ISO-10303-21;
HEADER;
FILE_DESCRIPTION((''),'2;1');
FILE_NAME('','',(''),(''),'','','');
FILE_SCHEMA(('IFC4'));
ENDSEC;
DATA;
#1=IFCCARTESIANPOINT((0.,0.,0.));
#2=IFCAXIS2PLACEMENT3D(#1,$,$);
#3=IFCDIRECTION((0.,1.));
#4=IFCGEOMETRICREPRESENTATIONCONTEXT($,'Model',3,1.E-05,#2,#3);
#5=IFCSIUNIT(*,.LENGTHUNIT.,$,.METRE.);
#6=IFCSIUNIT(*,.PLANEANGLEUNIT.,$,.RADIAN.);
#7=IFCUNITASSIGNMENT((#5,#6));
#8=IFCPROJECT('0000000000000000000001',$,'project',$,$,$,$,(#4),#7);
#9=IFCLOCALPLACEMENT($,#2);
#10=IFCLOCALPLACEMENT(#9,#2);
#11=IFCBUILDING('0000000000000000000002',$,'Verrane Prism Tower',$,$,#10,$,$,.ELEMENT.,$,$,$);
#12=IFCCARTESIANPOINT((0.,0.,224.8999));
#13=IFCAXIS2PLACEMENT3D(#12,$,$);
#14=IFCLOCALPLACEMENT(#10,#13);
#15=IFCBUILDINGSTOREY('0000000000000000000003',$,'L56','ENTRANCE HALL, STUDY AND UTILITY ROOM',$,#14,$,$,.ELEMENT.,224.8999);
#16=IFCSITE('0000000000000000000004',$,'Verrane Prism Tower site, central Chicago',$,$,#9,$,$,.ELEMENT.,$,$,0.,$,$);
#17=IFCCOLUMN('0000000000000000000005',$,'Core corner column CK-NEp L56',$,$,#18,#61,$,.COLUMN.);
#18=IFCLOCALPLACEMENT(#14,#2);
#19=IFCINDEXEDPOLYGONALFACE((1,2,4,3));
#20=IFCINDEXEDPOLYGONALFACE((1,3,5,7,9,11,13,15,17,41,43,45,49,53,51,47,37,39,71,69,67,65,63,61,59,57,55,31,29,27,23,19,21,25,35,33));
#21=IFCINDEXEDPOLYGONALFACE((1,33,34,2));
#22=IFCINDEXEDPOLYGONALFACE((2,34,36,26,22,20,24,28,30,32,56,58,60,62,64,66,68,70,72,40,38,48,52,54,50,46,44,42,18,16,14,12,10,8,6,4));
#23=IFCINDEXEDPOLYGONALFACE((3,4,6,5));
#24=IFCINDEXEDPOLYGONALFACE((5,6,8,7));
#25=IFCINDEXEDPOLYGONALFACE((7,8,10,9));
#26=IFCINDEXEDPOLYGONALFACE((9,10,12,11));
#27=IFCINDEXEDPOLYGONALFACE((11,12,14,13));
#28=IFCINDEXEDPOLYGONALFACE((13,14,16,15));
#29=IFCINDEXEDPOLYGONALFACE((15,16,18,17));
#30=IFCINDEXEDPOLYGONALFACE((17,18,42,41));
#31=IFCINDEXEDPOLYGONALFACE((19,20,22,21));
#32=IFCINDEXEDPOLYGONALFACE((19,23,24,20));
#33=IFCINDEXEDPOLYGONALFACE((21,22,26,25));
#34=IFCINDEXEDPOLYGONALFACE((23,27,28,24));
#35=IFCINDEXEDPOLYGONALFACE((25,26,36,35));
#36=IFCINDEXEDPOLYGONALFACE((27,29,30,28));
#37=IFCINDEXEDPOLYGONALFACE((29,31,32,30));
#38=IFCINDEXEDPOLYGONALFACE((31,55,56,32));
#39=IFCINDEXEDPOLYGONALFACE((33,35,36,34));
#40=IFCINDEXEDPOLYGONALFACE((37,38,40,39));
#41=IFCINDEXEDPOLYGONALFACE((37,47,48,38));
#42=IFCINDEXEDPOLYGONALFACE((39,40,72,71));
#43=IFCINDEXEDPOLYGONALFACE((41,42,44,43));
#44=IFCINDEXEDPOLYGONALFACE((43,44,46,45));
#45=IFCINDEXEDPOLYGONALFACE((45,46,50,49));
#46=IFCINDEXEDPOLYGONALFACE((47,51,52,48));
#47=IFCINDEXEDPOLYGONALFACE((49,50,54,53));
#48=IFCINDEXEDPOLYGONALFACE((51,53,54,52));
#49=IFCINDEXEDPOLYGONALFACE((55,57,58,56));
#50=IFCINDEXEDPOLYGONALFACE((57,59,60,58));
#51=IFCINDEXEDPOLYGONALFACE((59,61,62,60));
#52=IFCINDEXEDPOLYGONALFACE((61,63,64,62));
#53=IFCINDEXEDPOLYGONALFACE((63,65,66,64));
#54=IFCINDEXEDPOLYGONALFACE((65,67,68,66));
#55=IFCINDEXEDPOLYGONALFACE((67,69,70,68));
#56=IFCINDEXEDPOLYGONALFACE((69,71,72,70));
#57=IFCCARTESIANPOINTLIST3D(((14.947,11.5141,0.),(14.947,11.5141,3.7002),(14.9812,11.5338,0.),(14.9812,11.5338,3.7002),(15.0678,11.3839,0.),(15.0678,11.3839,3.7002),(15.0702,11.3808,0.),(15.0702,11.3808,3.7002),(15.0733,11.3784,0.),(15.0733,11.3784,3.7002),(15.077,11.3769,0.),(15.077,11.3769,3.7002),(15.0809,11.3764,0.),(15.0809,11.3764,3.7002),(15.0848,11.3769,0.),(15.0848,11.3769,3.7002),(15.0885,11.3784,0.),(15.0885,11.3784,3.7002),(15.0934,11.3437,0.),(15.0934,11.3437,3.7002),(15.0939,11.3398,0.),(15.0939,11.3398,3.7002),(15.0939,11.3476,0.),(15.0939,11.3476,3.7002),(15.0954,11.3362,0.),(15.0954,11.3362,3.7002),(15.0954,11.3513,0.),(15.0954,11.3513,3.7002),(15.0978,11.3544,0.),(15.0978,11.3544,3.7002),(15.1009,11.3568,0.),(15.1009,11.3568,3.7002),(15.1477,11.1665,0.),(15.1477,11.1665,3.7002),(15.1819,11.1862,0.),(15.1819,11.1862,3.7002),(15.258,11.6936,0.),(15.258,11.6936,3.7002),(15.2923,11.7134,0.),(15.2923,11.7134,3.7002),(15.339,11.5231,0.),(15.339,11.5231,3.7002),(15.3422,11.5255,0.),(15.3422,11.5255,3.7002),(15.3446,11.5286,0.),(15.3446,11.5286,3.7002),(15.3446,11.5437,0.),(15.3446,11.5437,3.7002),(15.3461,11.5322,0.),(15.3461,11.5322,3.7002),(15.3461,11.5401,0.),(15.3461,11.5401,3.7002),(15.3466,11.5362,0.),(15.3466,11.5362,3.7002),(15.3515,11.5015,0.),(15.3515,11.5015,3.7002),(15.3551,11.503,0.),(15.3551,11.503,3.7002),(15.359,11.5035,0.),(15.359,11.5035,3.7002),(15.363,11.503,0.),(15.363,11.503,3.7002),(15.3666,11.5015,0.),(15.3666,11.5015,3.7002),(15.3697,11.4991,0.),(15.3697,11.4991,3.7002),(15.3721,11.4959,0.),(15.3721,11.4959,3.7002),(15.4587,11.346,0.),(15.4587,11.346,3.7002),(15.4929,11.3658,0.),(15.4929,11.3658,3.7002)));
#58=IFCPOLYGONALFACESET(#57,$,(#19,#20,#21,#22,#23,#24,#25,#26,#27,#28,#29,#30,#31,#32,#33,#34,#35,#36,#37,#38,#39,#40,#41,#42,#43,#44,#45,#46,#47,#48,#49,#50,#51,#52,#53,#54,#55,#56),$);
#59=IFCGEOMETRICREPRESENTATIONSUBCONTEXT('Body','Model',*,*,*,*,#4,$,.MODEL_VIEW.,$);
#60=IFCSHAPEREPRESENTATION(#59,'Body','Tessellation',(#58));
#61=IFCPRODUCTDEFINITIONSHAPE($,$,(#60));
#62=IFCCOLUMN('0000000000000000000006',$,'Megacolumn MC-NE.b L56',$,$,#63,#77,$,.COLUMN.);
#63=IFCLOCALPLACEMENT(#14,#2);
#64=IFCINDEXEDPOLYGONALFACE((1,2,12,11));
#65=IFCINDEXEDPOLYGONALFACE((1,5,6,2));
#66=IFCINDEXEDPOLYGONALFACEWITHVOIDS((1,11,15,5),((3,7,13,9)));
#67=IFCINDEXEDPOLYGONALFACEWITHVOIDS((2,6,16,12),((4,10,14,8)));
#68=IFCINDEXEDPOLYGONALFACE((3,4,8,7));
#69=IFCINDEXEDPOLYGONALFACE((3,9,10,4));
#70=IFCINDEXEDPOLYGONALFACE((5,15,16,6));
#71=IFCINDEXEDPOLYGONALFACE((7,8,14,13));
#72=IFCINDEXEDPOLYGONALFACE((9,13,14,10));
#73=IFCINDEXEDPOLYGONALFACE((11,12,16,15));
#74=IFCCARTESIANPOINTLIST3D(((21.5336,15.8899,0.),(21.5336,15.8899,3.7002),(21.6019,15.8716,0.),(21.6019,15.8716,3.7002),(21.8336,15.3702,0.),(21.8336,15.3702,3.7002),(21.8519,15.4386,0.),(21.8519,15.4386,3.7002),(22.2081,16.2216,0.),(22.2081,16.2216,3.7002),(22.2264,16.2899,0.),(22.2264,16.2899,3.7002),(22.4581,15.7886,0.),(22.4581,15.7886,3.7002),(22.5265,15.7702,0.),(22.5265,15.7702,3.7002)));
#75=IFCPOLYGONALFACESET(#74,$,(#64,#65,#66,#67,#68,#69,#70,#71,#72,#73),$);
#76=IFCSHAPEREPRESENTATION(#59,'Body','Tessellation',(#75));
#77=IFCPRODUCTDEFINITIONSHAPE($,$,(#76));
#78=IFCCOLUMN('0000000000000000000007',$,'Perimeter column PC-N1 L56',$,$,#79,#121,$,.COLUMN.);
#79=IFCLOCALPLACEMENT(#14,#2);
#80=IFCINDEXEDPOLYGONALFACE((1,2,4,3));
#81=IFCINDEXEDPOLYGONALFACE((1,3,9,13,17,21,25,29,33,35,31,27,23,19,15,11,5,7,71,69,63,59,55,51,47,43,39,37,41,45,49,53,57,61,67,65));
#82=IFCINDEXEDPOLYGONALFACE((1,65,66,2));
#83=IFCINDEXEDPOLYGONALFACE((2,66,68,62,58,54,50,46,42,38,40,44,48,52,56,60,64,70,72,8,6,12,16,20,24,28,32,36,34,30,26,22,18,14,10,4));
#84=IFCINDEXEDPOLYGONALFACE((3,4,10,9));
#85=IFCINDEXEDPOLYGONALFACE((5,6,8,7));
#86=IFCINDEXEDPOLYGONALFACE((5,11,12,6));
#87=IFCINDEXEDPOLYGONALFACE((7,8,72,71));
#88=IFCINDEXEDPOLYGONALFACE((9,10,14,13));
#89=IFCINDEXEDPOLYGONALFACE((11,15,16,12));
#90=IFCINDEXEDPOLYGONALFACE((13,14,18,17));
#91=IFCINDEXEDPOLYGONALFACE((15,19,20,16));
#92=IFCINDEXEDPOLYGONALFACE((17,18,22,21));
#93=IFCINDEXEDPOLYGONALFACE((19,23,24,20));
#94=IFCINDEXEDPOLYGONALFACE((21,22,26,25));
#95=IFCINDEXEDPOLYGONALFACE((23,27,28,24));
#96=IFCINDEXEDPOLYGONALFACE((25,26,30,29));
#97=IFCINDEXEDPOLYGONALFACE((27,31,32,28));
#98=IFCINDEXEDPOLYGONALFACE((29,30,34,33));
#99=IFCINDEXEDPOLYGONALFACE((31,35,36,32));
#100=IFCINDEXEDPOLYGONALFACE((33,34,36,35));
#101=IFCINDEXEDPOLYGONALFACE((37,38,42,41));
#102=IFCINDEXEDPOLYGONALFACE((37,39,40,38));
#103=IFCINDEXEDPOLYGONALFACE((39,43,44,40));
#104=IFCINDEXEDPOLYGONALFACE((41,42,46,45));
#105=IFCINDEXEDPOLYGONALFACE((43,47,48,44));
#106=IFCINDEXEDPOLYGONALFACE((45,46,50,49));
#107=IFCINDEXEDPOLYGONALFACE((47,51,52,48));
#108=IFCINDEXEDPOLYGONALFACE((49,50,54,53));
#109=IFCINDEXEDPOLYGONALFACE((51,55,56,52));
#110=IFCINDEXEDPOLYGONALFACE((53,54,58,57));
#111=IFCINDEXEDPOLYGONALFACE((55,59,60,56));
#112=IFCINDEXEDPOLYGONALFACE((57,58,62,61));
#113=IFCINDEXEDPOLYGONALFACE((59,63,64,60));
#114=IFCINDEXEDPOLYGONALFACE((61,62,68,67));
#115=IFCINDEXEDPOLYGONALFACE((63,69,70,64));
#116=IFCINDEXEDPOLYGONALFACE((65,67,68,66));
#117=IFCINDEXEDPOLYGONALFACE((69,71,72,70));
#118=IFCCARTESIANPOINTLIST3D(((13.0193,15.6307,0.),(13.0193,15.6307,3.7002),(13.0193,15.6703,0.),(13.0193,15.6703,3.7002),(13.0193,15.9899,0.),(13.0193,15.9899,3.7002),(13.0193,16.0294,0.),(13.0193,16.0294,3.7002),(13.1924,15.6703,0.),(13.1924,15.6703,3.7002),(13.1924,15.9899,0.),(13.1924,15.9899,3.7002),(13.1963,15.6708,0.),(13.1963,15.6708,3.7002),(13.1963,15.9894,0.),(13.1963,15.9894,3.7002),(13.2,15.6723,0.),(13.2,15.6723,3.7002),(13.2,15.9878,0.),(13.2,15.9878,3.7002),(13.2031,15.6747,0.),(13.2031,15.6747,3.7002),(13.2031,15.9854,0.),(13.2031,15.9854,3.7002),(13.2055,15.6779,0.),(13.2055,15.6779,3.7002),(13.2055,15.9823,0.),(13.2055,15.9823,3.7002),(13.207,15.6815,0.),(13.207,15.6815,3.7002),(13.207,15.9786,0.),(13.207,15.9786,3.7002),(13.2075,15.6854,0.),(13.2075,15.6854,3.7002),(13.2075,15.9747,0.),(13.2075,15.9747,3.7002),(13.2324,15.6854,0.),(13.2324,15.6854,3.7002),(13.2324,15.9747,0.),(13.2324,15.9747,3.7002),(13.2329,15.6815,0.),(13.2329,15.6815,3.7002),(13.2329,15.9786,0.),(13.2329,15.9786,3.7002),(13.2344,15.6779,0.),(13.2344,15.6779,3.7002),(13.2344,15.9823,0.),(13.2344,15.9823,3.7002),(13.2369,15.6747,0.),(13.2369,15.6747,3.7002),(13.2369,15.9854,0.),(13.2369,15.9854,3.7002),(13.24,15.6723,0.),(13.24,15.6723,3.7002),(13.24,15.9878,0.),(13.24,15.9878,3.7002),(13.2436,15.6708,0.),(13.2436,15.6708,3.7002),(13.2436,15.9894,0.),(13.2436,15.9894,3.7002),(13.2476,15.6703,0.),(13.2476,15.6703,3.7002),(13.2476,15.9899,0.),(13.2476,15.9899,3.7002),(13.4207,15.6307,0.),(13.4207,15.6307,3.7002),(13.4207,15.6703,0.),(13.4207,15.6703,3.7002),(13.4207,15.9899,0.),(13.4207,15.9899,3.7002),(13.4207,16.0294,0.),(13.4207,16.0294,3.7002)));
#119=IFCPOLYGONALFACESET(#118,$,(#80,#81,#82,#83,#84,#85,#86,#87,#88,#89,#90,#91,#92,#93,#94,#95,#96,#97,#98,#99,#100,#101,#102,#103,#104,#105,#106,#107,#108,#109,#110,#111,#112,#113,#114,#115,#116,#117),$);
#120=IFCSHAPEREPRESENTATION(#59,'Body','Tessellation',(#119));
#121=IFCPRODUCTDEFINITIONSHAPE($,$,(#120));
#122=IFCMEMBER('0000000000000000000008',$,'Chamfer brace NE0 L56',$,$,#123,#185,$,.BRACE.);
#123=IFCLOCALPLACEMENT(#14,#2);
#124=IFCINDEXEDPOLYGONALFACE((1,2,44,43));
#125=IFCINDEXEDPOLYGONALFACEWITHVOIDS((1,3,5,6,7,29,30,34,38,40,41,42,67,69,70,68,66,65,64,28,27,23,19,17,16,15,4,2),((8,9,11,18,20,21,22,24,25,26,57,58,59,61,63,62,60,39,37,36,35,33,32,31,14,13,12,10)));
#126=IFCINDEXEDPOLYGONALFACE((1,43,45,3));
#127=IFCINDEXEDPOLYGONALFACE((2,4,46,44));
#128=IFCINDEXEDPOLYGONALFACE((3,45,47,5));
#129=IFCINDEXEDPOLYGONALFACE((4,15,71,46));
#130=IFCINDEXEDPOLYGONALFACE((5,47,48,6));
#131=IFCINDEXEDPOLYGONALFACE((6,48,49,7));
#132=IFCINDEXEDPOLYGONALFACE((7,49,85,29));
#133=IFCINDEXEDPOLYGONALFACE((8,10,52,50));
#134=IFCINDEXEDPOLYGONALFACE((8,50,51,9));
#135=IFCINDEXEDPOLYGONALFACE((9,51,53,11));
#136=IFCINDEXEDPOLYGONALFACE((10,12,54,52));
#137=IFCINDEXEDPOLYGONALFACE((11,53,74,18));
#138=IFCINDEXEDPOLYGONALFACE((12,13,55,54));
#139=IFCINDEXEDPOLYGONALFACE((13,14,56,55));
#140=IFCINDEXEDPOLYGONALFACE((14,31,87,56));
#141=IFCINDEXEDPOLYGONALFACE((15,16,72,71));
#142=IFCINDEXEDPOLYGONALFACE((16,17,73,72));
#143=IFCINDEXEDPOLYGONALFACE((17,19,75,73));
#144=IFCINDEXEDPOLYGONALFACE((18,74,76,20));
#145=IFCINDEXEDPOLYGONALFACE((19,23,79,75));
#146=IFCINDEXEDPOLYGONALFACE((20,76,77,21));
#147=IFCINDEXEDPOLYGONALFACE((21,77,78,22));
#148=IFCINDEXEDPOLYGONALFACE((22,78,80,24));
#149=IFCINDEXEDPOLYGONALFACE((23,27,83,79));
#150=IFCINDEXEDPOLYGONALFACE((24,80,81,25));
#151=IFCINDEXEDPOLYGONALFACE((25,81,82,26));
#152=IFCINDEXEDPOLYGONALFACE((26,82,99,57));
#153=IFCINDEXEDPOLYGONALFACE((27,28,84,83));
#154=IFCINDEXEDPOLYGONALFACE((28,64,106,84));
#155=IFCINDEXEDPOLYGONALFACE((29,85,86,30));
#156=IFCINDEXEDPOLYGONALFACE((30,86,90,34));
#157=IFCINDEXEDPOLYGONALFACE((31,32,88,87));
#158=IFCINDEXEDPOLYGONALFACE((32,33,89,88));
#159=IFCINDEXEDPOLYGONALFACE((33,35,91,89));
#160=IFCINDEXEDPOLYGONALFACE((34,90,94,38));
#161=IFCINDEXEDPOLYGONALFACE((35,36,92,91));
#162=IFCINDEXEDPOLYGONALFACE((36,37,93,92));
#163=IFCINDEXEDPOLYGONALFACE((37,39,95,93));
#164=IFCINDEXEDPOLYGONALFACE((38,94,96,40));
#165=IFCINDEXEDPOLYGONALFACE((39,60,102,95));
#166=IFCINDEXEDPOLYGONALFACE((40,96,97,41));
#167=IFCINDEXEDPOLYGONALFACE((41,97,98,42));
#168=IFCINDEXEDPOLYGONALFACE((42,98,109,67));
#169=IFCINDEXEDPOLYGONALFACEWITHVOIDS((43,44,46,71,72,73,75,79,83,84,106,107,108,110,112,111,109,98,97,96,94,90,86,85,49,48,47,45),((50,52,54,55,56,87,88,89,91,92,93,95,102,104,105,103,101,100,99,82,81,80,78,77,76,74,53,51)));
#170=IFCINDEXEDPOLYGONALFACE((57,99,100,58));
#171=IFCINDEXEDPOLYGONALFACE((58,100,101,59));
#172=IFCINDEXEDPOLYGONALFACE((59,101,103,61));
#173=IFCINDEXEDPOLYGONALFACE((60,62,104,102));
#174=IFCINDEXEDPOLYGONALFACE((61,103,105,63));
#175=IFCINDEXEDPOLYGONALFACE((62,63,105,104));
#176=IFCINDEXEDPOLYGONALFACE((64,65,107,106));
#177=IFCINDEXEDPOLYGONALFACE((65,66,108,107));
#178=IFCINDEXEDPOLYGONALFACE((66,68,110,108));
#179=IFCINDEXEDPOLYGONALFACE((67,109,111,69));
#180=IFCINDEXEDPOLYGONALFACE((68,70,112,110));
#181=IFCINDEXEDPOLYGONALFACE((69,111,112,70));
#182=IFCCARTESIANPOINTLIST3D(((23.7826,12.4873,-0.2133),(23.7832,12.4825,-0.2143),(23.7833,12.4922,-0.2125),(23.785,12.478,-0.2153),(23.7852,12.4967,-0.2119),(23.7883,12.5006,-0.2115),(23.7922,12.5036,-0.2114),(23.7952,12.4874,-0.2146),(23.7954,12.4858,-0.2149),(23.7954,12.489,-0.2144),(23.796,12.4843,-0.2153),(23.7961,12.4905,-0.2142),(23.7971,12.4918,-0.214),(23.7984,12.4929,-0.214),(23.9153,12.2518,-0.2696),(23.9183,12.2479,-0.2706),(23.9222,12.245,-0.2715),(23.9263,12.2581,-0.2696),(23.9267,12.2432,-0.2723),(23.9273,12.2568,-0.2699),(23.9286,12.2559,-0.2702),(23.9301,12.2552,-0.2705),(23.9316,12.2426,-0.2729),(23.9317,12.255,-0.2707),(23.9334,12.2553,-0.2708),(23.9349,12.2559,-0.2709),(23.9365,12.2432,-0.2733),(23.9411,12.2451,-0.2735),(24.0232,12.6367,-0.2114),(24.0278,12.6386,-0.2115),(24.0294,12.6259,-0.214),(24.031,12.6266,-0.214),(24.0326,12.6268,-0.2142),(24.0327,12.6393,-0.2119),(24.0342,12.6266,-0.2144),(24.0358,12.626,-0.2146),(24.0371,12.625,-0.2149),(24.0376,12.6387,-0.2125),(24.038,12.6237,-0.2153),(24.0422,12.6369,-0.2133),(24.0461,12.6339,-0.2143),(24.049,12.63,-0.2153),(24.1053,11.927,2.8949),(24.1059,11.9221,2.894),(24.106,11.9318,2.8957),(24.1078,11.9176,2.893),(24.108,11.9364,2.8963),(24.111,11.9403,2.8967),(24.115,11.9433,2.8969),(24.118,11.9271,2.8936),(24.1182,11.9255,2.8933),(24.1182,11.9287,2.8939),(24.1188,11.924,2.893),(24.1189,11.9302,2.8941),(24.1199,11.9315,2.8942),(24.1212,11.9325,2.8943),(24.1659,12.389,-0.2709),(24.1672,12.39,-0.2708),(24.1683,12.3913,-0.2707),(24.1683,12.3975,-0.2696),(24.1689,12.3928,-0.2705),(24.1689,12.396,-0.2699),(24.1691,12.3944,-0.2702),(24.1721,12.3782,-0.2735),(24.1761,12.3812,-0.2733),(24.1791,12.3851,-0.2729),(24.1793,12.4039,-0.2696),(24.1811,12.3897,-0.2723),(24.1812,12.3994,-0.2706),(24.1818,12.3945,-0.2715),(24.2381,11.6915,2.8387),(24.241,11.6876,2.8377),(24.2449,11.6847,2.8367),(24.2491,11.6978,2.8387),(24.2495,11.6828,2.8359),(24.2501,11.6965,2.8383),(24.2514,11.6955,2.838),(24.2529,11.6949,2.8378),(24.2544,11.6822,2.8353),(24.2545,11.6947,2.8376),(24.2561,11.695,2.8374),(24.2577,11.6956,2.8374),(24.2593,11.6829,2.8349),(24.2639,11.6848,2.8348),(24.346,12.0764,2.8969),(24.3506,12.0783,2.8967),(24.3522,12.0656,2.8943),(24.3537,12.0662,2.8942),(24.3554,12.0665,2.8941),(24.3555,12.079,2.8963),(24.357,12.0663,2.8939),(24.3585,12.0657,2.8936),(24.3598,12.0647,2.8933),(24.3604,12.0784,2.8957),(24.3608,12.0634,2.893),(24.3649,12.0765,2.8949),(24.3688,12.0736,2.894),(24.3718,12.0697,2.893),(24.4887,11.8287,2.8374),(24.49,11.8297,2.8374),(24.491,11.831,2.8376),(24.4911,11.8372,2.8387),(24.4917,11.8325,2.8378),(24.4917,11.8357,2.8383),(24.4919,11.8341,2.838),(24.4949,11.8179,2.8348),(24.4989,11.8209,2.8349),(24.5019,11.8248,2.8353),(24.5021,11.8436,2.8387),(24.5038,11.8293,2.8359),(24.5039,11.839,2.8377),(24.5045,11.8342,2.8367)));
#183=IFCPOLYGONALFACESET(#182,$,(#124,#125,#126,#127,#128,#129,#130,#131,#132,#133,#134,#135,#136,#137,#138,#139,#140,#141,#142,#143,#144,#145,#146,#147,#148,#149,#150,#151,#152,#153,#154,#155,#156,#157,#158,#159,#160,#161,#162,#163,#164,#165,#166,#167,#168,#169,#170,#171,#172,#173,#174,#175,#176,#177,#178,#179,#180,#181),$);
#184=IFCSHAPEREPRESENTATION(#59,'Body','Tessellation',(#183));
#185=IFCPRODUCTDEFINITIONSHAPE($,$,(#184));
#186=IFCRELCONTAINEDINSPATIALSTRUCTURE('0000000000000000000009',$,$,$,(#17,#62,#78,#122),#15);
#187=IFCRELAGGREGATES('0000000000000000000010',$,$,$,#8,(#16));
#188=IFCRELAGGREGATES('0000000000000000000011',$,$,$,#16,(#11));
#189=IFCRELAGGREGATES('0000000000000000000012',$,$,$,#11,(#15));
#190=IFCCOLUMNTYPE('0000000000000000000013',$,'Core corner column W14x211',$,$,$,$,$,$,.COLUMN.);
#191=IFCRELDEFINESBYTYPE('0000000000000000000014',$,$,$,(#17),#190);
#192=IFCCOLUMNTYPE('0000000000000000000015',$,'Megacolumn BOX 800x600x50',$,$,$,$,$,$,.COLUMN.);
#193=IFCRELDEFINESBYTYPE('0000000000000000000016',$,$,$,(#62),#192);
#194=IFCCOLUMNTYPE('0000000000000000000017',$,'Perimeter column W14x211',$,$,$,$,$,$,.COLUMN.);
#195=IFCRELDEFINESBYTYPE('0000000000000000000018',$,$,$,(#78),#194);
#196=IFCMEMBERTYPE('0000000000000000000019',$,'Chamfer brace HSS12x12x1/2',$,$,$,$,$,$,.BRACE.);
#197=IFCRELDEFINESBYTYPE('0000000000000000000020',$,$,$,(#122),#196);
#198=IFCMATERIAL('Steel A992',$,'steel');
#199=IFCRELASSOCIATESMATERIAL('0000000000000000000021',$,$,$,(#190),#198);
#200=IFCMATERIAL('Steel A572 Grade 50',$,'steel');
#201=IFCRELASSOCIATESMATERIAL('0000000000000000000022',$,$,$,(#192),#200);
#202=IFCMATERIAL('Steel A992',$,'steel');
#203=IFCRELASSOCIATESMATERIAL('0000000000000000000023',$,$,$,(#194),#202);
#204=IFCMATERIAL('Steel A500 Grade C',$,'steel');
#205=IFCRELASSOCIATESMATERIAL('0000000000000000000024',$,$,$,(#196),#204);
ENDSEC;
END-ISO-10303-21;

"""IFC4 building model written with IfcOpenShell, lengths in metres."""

from ifc_helpers import new_model, si_unit, direction, frame, origin, origin_2d, place, context, subcontext, project, spatial, hollow_rectangle, i_section, extrude, material, material_profile, profile_set, type_object, element, save


model = new_model("IFC4")

# Units and contexts
model_context = context("Model", 3, precision=1e-05, world=origin(), true_north=direction((0.0, 1.0)))
body_context = subcontext(model_context, "Body", "Model", "MODEL_VIEW")
ifc_project = project(units=[si_unit("LENGTHUNIT", "METRE"), si_unit("PLANEANGLEUNIT", "RADIAN")], contexts=[model_context])

# Site, building, storey
site_placement = place(None, origin())
site = spatial("IfcSite", under=ifc_project, at=site_placement, Name="Verrane Prism Tower site, central Chicago", CompositionType="ELEMENT", RefElevation=0.0)
building_placement = place(site_placement, origin())
building = spatial("IfcBuilding", under=site, at=building_placement, Name="Verrane Prism Tower", CompositionType="ELEMENT")
storey_placement = place(building_placement, frame((0.0, 0.0, 224.8999)))
storey = spatial("IfcBuildingStorey", under=building, at=storey_placement, Name="L56", Description="ENTRANCE HALL, STUDY AND UTILITY ROOM", CompositionType="ELEMENT", Elevation=224.8999)

# Columns
ifc_material_1 = material(Name="Steel A992", Category="steel")
ifc_material_profile_1 = material_profile(ifc_material_1, i_section(OverallWidth=0.4014, OverallDepth=0.3987, WebThickness=0.0249, FlangeThickness=0.0396, FilletRadius=0.0151, at=origin_2d()), Name="W14x211")
ifc_profile_set_1 = profile_set([ifc_material_profile_1], Name="Steel A992")
column_type_1 = type_object("IfcColumnType", Name="Core corner column W14x211", PredefinedType="COLUMN", material=ifc_profile_set_1)
column_1_placement = place(storey_placement, frame((15.22, 11.4399, 0.0), z_axis=(0.0, 0.0, 1.0), x_axis=(0.5, -0.866025, 0.0)))
element("IfcColumn", 1, at=column_1_placement, inside=storey, type_object=column_type_1, Name="Core corner column CK-NEp L56", PredefinedType="COLUMN", context=body_context, shape_type="SweptSolid", body=[
    extrude(i_section(OverallWidth=0.4014, OverallDepth=0.3987, WebThickness=0.0249, FlangeThickness=0.0396, FilletRadius=0.0151, at=origin_2d()), origin(), (0.0, 0.0, 1.0), 3.7002),
])
ifc_material_2 = material(Name="Steel A572 Grade 50", Category="steel")
ifc_material_profile_2 = material_profile(ifc_material_2, hollow_rectangle(XDim=0.6001, YDim=0.8, WallThickness=0.05, at=origin_2d()), Name="BOX 800x600x50")
ifc_profile_set_2 = profile_set([ifc_material_profile_2], Name="Steel A572 Grade 50")
column_type_2 = type_object("IfcColumnType", Name="Megacolumn BOX 800x600x50", PredefinedType="COLUMN", material=ifc_profile_set_2)
column_2_placement = place(storey_placement, frame((22.03, 15.8301, 0.0), z_axis=(0.0, 0.0, 1.0), x_axis=(0.5, -0.866025, 0.0)))
element("IfcColumn", 2, at=column_2_placement, inside=storey, type_object=column_type_2, Name="Megacolumn MC-NE.b L56", PredefinedType="COLUMN", context=body_context, shape_type="SweptSolid", body=[
    extrude(hollow_rectangle(XDim=0.6001, YDim=0.8, WallThickness=0.05, at=origin_2d()), origin(), (0.0, 0.0, 1.0), 3.7002),
])
ifc_material_3 = material(Name="Steel A992", Category="steel")
ifc_material_profile_3 = material_profile(ifc_material_3, i_section(OverallWidth=0.4014, OverallDepth=0.3987, WebThickness=0.0249, FlangeThickness=0.0396, FilletRadius=0.0151, at=origin_2d()), Name="W14x211")
ifc_profile_set_3 = profile_set([ifc_material_profile_3], Name="Steel A992")
column_type_3 = type_object("IfcColumnType", Name="Perimeter column W14x211", PredefinedType="COLUMN", material=ifc_profile_set_3)
column_3_placement = place(storey_placement, frame((13.22, 15.8301, 0.0), z_axis=(0.0, 0.0, 1.0), x_axis=(1.0, 0.0, 0.0)))
element("IfcColumn", 3, at=column_3_placement, inside=storey, type_object=column_type_3, Name="Perimeter column PC-N1 L56", PredefinedType="COLUMN", context=body_context, shape_type="SweptSolid", body=[
    extrude(i_section(OverallWidth=0.4014, OverallDepth=0.3987, WebThickness=0.0249, FlangeThickness=0.0396, FilletRadius=0.0151, at=origin_2d()), origin(), (0.0, 0.0, 1.0), 3.7002),
])

# Member
ifc_material_4 = material(Name="Steel A500 Grade C", Category="steel")
ifc_material_profile_4 = material_profile(ifc_material_4, hollow_rectangle(XDim=0.3047, YDim=0.3047, WallThickness=0.0127, InnerFilletRadius=0.0063, OuterFilletRadius=0.019, at=origin_2d()), Name="HSS12x12x1/2")
ifc_profile_set_4 = profile_set([ifc_material_profile_4], Name="Steel A500 Grade C")
member_type_1 = type_object("IfcMemberType", Name="Chamfer brace HSS12x12x1/2", PredefinedType="BRACE", material=ifc_profile_set_4)
member_1_placement = place(storey_placement, frame((23.9822, 12.4409, -0.2424), z_axis=(0.101664, -0.17649, 0.979038), x_axis=(0.866519, 0.499145, 0.0)))
element("IfcMember", 4, at=member_1_placement, inside=storey, type_object=member_type_1, Name="Chamfer brace NE0 L56", PredefinedType="BRACE", context=body_context, shape_type="SweptSolid", body=[
    extrude(hollow_rectangle(XDim=0.3047, YDim=0.3047, WallThickness=0.0127, InnerFilletRadius=0.0063, OuterFilletRadius=0.019, at=origin_2d()), origin(), (0.0, 0.0, 1.0), 3.1748),
])

save(model, "model.ifc")
